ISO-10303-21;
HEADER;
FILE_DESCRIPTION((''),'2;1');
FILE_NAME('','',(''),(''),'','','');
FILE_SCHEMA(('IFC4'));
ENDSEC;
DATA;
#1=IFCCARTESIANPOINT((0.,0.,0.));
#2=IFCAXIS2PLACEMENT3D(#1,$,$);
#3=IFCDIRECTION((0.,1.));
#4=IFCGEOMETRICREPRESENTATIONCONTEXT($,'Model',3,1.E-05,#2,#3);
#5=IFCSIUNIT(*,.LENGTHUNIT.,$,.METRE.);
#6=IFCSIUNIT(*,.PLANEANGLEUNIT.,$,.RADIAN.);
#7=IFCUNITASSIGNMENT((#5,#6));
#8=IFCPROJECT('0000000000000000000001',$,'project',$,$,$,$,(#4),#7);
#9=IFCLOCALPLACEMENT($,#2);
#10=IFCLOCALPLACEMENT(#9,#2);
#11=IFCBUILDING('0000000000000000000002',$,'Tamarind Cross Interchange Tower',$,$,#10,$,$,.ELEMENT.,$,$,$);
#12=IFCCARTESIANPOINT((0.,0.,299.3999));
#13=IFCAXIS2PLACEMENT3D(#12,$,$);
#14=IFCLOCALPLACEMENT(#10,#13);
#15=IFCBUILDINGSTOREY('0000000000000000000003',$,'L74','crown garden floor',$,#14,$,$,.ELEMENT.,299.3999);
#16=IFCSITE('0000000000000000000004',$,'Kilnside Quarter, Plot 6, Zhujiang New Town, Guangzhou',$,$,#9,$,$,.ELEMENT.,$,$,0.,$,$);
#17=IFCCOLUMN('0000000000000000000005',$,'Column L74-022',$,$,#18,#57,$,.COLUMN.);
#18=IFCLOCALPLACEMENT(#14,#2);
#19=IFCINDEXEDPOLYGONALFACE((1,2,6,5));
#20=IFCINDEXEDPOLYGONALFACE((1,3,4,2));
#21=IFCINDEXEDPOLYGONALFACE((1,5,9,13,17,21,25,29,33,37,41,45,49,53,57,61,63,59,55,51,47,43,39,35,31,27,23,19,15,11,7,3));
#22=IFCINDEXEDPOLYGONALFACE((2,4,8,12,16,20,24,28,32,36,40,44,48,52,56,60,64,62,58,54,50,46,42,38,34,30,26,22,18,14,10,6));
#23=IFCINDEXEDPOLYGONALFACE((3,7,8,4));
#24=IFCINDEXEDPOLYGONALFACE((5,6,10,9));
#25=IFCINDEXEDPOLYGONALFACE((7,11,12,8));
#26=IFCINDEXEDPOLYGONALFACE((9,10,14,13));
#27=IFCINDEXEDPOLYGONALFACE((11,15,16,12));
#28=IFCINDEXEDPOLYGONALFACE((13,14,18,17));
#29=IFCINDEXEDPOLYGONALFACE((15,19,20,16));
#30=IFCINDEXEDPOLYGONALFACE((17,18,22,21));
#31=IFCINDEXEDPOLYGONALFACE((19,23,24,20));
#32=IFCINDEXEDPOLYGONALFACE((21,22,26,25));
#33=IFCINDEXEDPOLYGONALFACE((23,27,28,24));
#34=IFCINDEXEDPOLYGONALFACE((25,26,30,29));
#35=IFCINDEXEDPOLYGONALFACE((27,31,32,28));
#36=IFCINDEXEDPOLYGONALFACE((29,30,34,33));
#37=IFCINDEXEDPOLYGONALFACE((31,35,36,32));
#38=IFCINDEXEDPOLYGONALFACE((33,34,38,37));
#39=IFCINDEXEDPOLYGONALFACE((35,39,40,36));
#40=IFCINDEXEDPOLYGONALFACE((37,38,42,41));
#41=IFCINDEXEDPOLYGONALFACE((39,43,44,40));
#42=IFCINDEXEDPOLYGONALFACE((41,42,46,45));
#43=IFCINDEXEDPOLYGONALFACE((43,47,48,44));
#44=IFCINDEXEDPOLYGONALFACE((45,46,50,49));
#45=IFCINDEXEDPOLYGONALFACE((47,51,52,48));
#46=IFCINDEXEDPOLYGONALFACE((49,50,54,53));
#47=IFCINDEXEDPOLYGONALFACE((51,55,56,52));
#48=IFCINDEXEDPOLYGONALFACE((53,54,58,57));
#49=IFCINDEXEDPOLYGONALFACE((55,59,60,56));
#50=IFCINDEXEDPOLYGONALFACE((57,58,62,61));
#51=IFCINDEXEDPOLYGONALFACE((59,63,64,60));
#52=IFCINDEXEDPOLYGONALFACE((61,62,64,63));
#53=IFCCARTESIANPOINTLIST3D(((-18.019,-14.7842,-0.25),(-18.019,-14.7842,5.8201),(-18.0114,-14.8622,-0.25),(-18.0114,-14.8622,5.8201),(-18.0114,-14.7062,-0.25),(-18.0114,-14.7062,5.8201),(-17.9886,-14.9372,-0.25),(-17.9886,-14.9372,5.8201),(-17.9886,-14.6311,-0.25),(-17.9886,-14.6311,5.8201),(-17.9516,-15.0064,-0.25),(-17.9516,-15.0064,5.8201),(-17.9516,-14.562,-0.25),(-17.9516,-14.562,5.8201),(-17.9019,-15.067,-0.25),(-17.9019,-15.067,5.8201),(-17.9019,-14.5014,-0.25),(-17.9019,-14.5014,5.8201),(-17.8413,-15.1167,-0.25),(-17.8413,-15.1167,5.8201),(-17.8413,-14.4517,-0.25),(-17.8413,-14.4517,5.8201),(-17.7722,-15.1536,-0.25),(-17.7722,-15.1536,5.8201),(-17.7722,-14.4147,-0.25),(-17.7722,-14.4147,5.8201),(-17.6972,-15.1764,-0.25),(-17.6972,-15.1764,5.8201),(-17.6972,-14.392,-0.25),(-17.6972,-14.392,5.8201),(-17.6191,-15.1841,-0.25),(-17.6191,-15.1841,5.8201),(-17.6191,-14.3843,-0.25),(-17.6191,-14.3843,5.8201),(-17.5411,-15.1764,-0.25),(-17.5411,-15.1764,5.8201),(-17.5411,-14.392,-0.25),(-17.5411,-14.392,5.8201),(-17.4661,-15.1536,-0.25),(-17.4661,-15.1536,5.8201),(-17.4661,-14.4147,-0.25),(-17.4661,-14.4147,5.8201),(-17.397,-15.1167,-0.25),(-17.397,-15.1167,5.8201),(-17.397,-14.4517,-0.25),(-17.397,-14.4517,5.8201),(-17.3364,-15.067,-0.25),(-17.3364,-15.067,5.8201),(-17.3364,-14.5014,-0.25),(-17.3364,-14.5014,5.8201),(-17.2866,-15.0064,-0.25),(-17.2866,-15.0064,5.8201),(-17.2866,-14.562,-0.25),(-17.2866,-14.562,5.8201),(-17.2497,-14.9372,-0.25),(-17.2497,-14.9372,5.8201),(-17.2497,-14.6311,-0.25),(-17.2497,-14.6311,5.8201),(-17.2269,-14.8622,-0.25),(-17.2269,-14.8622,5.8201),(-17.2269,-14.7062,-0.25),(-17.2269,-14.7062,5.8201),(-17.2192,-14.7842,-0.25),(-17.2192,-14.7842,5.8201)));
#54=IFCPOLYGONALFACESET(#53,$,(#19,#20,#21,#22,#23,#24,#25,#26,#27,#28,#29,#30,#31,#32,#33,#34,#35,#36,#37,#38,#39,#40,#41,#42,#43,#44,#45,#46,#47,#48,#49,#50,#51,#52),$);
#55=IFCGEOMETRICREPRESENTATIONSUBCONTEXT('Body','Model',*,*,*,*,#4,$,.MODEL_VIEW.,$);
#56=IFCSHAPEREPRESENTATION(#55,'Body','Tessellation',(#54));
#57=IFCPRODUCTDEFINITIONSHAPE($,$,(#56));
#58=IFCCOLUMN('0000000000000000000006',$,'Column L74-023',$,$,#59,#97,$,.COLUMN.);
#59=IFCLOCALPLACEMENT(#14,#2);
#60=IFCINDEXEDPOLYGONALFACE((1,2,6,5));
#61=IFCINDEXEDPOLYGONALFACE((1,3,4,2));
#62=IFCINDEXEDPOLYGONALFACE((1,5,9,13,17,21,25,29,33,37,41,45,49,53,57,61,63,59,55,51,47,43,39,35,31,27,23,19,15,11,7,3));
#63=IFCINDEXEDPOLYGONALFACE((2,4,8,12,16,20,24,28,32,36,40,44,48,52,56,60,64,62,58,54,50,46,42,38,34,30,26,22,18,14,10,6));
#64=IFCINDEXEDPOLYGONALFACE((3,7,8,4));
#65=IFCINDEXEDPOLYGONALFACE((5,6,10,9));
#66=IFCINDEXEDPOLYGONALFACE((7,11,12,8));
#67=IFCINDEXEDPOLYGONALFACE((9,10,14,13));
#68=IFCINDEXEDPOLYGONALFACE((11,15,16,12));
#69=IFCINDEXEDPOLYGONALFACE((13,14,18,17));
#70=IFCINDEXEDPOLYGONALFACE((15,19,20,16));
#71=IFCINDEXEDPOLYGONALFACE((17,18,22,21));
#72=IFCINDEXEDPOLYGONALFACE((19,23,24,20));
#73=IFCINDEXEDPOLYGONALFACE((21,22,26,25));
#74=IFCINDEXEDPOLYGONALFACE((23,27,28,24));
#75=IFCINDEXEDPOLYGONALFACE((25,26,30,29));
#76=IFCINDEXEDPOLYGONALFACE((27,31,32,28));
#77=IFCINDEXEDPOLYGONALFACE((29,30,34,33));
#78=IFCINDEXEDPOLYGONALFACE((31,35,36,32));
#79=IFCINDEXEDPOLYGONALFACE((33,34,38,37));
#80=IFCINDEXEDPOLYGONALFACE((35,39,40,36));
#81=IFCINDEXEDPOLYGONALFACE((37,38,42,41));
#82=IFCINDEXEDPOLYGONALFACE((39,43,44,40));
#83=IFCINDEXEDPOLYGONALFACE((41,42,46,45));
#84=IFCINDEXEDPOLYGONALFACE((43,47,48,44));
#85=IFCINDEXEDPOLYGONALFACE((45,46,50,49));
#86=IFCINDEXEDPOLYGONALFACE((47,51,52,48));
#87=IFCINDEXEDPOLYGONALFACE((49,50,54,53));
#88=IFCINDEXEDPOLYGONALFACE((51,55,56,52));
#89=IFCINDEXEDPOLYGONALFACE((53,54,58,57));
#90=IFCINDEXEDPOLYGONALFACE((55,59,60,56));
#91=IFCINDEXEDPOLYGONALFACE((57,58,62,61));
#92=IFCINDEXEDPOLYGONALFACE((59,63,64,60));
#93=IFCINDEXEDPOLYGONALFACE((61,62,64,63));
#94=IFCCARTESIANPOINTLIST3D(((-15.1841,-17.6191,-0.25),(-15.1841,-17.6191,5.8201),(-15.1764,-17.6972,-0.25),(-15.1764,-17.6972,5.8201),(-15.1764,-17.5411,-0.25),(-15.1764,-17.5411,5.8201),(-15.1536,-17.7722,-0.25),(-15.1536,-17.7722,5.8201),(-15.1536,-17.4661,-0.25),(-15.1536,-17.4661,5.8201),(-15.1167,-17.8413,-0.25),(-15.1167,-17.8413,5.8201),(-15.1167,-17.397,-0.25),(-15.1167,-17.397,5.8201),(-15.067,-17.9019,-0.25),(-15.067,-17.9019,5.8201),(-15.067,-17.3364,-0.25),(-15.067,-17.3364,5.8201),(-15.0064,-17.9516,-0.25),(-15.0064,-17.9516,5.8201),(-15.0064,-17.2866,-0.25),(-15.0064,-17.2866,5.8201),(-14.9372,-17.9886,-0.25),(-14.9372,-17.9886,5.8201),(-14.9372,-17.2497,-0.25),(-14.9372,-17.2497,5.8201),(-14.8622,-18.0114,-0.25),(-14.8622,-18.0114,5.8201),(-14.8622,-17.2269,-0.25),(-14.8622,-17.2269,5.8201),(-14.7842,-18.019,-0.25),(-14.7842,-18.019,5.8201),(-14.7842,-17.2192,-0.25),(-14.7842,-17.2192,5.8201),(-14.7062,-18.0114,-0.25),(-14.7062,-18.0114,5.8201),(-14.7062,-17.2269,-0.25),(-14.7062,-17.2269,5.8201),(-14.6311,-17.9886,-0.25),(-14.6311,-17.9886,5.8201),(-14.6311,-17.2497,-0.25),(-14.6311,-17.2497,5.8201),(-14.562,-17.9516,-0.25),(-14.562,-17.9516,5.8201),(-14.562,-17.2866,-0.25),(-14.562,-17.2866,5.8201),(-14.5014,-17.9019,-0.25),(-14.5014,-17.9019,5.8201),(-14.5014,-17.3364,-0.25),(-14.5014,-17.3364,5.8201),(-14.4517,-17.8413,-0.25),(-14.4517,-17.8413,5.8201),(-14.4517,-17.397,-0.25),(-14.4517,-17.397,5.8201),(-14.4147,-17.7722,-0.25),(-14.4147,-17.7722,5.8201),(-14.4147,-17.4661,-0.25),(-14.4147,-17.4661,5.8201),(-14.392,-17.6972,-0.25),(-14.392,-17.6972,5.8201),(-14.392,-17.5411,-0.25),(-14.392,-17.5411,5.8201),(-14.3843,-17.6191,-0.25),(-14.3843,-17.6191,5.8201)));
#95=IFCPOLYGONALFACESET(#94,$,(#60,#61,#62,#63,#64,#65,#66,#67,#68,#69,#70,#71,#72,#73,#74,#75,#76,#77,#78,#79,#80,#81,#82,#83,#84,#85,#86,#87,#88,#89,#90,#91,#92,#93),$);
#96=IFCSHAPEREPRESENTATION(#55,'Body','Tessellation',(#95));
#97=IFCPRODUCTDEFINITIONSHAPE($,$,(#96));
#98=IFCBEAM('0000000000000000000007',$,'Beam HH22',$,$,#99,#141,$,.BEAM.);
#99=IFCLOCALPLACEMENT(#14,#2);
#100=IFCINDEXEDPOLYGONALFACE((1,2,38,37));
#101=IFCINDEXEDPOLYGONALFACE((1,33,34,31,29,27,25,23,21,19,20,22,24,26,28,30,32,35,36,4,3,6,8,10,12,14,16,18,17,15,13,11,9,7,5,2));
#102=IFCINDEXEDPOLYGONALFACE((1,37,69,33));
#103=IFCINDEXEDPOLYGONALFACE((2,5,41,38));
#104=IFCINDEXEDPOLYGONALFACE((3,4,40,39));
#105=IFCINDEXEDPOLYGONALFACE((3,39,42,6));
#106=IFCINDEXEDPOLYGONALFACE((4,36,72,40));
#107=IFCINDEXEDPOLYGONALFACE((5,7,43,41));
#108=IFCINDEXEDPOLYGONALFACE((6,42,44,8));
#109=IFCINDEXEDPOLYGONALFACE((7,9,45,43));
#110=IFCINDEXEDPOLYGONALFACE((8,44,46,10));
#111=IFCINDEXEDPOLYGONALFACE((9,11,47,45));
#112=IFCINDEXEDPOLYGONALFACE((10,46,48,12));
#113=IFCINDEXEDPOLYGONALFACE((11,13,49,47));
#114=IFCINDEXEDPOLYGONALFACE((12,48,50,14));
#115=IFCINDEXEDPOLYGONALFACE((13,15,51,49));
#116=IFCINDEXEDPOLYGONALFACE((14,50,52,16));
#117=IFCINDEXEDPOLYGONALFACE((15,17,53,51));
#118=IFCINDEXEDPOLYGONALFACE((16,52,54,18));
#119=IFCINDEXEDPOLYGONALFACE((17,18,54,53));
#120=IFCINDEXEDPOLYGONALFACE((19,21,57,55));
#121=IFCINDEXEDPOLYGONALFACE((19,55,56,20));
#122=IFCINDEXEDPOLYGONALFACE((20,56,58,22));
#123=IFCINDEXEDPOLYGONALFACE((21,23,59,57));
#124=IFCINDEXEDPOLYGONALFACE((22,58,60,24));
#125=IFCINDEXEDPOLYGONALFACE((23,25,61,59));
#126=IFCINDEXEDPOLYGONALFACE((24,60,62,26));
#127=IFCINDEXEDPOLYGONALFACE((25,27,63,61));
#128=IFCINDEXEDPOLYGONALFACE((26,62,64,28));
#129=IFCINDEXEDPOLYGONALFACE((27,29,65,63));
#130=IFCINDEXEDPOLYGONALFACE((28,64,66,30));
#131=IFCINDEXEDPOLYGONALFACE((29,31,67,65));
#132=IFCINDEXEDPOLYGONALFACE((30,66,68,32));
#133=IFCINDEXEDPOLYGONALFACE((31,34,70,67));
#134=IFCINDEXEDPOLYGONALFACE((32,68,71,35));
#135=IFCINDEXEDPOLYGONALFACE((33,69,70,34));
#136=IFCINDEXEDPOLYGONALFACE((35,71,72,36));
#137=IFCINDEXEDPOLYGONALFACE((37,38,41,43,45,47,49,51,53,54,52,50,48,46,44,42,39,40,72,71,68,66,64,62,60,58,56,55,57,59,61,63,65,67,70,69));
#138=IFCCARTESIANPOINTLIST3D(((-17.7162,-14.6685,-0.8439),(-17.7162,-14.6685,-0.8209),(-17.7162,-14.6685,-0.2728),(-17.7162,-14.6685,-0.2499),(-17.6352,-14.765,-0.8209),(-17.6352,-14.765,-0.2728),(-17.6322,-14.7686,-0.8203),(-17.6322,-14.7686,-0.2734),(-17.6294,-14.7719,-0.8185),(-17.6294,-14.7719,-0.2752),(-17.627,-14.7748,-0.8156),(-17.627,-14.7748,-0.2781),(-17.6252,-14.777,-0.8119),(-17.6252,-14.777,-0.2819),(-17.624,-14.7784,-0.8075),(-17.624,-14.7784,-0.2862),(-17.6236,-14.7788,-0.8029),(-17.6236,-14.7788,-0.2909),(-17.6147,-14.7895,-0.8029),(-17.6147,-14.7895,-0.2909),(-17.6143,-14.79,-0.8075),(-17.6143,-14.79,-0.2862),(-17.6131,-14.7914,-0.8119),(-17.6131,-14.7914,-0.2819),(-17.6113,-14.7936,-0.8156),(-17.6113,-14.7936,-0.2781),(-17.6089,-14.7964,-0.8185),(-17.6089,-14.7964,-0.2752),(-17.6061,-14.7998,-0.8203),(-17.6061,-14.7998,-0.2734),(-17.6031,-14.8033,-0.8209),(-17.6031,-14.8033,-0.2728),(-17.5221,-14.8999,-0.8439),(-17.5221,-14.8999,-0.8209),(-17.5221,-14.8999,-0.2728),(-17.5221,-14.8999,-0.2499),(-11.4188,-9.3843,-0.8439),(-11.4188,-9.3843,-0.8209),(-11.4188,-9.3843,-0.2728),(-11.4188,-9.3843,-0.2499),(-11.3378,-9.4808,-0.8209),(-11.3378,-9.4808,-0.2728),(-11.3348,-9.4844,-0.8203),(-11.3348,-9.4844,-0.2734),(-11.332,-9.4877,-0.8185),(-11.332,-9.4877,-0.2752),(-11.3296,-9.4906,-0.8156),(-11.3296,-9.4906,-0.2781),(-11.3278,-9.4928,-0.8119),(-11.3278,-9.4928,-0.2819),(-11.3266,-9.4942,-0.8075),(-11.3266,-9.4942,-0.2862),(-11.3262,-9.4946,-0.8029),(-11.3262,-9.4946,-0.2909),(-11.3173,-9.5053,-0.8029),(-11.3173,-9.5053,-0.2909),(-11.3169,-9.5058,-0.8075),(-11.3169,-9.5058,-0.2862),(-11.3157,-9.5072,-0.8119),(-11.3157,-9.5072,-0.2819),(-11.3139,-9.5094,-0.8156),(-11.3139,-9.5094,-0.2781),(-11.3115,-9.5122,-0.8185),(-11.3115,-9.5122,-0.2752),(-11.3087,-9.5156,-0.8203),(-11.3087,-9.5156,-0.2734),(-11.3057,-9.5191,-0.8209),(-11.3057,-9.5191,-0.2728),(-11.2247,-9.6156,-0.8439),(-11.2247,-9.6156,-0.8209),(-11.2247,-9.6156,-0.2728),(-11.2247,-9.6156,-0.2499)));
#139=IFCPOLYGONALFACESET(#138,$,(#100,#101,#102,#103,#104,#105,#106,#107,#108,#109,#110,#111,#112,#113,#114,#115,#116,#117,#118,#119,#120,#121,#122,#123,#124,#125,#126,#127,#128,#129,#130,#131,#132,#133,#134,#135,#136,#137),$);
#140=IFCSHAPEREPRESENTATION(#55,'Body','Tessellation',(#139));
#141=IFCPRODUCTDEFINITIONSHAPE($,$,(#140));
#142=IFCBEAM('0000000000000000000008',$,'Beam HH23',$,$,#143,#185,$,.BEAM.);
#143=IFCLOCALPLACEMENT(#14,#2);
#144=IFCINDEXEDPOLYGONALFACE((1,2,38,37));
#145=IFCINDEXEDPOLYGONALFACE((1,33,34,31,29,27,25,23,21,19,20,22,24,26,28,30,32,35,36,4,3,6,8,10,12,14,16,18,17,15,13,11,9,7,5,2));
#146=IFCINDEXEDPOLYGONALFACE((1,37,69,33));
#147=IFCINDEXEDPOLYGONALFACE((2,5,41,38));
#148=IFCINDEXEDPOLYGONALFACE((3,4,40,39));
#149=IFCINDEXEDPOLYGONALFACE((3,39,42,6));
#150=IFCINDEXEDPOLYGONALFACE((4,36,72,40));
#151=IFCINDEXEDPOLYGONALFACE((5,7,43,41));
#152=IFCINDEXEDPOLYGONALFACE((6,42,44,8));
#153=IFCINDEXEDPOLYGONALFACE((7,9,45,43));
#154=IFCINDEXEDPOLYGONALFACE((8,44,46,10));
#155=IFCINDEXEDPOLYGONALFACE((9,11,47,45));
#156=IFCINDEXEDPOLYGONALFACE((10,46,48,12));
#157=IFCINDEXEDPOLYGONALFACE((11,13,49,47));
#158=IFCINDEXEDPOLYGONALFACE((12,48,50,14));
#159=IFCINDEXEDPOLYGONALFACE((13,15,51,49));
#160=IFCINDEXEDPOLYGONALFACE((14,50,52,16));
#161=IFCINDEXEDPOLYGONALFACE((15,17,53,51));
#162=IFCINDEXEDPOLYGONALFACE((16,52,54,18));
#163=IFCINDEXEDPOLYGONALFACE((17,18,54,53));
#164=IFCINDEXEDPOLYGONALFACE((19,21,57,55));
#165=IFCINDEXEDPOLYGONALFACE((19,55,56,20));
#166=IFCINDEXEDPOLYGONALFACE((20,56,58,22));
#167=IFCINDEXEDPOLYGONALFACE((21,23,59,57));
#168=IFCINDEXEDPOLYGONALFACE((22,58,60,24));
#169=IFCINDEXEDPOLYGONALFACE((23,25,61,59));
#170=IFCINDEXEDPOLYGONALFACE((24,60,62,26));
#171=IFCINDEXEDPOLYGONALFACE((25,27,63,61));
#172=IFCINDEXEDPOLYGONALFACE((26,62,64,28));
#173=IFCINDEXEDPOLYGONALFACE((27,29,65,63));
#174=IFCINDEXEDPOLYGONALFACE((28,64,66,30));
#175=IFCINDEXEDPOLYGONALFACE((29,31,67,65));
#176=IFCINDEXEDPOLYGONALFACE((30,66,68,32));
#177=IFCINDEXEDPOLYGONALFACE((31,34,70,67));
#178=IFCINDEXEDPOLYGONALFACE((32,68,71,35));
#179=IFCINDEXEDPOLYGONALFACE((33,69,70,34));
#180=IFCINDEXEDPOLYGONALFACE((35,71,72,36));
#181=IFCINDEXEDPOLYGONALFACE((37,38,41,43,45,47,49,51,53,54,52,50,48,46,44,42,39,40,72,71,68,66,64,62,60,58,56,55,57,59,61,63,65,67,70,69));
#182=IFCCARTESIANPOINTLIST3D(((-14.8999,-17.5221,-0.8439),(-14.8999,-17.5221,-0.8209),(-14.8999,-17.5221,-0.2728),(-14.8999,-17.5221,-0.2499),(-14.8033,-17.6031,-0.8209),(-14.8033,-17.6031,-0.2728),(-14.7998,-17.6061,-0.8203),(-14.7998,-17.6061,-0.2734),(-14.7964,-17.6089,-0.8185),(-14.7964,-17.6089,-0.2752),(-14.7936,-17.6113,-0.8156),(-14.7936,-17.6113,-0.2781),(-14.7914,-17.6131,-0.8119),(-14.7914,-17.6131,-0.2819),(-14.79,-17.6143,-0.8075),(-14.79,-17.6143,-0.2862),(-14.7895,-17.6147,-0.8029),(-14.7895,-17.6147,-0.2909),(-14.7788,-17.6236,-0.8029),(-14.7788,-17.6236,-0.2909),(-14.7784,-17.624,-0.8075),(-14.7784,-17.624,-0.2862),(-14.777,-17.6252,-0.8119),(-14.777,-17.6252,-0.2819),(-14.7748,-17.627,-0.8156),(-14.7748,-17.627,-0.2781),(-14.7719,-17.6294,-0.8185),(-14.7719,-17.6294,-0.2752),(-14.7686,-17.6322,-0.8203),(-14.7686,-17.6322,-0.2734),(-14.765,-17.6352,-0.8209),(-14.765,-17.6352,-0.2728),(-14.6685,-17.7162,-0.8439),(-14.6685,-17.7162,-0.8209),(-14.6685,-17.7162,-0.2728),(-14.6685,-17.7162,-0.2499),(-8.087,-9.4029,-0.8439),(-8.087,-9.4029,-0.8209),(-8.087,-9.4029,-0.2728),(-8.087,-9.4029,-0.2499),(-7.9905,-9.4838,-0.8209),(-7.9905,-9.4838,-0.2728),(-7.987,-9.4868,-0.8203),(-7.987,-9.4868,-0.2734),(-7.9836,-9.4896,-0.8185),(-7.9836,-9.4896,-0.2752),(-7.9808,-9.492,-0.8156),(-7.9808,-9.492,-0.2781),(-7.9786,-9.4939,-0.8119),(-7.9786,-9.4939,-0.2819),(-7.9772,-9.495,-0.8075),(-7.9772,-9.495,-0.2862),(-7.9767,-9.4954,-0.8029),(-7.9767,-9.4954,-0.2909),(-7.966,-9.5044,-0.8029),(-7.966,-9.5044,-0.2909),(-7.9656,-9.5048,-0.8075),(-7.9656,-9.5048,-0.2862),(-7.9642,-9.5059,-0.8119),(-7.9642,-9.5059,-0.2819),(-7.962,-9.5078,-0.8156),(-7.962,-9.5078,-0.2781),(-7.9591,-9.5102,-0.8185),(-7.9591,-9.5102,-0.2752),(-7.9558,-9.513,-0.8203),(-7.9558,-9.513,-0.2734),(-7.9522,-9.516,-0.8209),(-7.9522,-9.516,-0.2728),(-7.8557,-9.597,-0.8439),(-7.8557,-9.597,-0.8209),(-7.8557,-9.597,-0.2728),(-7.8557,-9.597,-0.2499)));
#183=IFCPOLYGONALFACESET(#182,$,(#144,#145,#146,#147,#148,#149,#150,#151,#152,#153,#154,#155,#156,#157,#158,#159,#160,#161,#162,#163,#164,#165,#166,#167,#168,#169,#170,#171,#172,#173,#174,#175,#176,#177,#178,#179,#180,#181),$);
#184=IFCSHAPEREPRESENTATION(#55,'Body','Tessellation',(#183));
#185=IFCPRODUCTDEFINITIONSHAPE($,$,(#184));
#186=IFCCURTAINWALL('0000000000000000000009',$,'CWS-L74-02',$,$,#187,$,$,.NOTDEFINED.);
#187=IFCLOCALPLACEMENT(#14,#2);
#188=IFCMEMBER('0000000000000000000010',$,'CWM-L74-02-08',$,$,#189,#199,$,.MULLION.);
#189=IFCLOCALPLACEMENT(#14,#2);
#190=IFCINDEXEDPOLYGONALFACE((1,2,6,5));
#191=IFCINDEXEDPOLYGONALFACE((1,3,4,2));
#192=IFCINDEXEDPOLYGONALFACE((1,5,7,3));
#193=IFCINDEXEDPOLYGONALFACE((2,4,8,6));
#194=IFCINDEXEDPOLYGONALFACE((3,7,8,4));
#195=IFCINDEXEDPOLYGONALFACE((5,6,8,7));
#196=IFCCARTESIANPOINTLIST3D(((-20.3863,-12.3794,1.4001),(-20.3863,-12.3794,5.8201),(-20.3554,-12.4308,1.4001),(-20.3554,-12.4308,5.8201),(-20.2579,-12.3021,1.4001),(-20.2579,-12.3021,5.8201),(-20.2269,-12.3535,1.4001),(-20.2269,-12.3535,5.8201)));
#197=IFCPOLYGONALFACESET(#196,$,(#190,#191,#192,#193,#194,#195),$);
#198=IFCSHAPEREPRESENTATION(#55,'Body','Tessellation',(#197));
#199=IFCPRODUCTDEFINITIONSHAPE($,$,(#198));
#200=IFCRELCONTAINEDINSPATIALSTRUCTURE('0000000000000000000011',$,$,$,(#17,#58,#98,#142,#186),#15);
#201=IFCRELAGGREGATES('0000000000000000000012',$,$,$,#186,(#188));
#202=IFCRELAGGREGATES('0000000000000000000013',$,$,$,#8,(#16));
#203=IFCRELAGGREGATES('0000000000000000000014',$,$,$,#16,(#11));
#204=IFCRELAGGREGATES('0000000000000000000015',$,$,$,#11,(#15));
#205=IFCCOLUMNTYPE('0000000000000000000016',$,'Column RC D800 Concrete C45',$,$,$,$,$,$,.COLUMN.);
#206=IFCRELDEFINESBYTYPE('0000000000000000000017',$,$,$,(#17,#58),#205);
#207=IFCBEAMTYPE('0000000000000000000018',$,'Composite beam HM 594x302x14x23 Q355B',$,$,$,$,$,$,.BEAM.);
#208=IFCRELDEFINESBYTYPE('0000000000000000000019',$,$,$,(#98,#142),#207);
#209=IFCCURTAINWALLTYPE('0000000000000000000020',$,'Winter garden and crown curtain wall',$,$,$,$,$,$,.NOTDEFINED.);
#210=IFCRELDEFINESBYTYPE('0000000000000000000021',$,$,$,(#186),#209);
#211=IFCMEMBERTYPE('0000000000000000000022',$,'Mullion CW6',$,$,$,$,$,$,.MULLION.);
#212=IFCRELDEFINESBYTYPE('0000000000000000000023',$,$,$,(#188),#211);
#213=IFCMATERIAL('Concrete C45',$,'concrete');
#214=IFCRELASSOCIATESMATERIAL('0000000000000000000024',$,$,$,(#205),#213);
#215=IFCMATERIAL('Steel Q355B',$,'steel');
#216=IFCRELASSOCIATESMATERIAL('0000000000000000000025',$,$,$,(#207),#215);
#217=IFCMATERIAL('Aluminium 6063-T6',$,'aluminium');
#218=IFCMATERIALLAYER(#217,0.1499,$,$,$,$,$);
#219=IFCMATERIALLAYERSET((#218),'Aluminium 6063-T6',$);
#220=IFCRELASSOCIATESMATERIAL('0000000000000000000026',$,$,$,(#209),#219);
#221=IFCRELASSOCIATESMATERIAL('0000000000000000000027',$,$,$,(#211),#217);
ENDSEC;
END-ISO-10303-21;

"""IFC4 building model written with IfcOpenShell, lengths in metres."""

from ifc_helpers import new_model, si_unit, direction, frame, origin, origin_2d, place, context, subcontext, project, spatial, rectangle, circle, i_section, extrude, material, layer, layer_set, material_profile, profile_set, type_object, element, aggregate, save


model = new_model("IFC4")

# Units and contexts
model_context = context("Model", 3, precision=1e-05, world=origin(), true_north=direction((0.0, 1.0)))
body_context = subcontext(model_context, "Body", "Model", "MODEL_VIEW")
ifc_project = project(units=[si_unit("LENGTHUNIT", "METRE"), si_unit("PLANEANGLEUNIT", "RADIAN")], contexts=[model_context])

# Site, building, storey
site_placement = place(None, origin())
site = spatial("IfcSite", under=ifc_project, at=site_placement, Name="Kilnside Quarter, Plot 6, Zhujiang New Town, Guangzhou", CompositionType="ELEMENT", RefElevation=0.0)
building_placement = place(site_placement, origin())
building = spatial("IfcBuilding", under=site, at=building_placement, Name="Tamarind Cross Interchange Tower", CompositionType="ELEMENT")
storey_placement = place(building_placement, frame((0.0, 0.0, 299.3999)))
storey = spatial("IfcBuildingStorey", under=building, at=storey_placement, Name="L74", Description="crown garden floor", CompositionType="ELEMENT", Elevation=299.3999)

# Columns
ifc_material_1 = material(Name="Concrete C45", Category="concrete")
ifc_material_profile_1 = material_profile(ifc_material_1, circle(Radius=0.3999, at=origin_2d()), Name="RC D800")
ifc_profile_set_1 = profile_set([ifc_material_profile_1], Name="Concrete C45")
column_type = type_object("IfcColumnType", Name="Column RC D800 Concrete C45", PredefinedType="COLUMN", material=ifc_profile_set_1)
for number, where, z_axis, x_axis, name in (
    (1, (-17.6191, -14.7842, -0.25), (0.0, 0.0, 1.0), (1.0, 0.0, 0.0), "Column L74-022"),
    (2, (-14.7842, -17.6191, -0.25), (0.0, 0.0, 1.0), (1.0, 0.0, 0.0), "Column L74-023"),
):
    element("IfcColumn", number, at=place(storey_placement, frame(where, z_axis=z_axis, x_axis=x_axis)), inside=storey, type_object=column_type, Name=name, PredefinedType="COLUMN", context=body_context, shape_type="SweptSolid", body=[
        extrude(circle(Radius=0.3999, at=origin_2d()), origin(), (0.0, 0.0, 1.0), 6.0701),
    ])

# Beams
ifc_material_2 = material(Name="Steel Q355B", Category="steel")
ifc_material_profile_2 = material_profile(ifc_material_2, i_section(OverallWidth=0.302, OverallDepth=0.594, WebThickness=0.0139, FlangeThickness=0.0229, FilletRadius=0.0181, at=origin_2d()), Name="HM 594x302x14x23")
ifc_profile_set_2 = profile_set([ifc_material_profile_2], Name="Steel Q355B")
beam_type = type_object("IfcBeamType", Name="Composite beam HM 594x302x14x23 Q355B", PredefinedType="BEAM", material=ifc_profile_set_2)
beam_1_placement = place(storey_placement, frame((-17.6191, -14.7842, -0.5469), z_axis=(0.766041, 0.642792, 0.0), x_axis=(-0.642792, 0.766041, 0.0)))
element("IfcBeam", 3, at=beam_1_placement, inside=storey, type_object=beam_type, Name="Beam HH22", PredefinedType="BEAM", context=body_context, shape_type="SweptSolid", body=[
    extrude(i_section(OverallWidth=0.302, OverallDepth=0.594, WebThickness=0.0139, FlangeThickness=0.0229, FilletRadius=0.0181, at=origin_2d()), origin(), (0.0, 0.0, 1.0), 8.2207),
])
beam_2_placement = place(storey_placement, frame((-14.7842, -17.6191, -0.5469), z_axis=(0.642786, 0.766046, 0.0), x_axis=(-0.766046, 0.642786, 0.0)))
element("IfcBeam", 4, at=beam_2_placement, inside=storey, type_object=beam_type, Name="Beam HH23", PredefinedType="BEAM", context=body_context, shape_type="SweptSolid", body=[
    extrude(i_section(OverallWidth=0.302, OverallDepth=0.594, WebThickness=0.0139, FlangeThickness=0.0229, FilletRadius=0.0181, at=origin_2d()), origin(), (0.0, 0.0, 1.0), 10.5989),
])

# Curtain wall, member
ifc_material_3 = material(Name="Aluminium 6063-T6", Category="aluminium")
ifc_layer_1 = layer(ifc_material_3, 0.1499)
ifc_layer_set_1 = layer_set([ifc_layer_1], Name="Aluminium 6063-T6")
curtain_wall_type = type_object("IfcCurtainWallType", Name="Winter garden and crown curtain wall", PredefinedType="NOTDEFINED", material=ifc_layer_set_1)
curtain_wall_placement = place(storey_placement, origin())
curtain_wall = element("IfcCurtainWall", 5, at=curtain_wall_placement, inside=storey, type_object=curtain_wall_type, Name="CWS-L74-02", PredefinedType="NOTDEFINED")
ifc_material_profile_3 = material_profile(ifc_material_3, rectangle(XDim=0.0601, YDim=0.1499, at=origin_2d()), Name="Mullion CW6")
ifc_profile_set_3 = profile_set([ifc_material_profile_3], Name="Aluminium 6063-T6")
member_type = type_object("IfcMemberType", Name="Mullion CW6", PredefinedType="MULLION", material=ifc_profile_set_3)
member_1_placement = place(storey_placement, frame((-20.3066, -12.3665, 1.4001), z_axis=(0.0, 0.0, 1.0), x_axis=(0.515577, -0.856843, 0.0)))
member_1 = element("IfcMember", 6, at=member_1_placement, type_object=member_type, Name="CWM-L74-02-08", PredefinedType="MULLION", context=body_context, shape_type="SweptSolid", body=[
    extrude(rectangle(XDim=0.0601, YDim=0.1499, at=origin_2d()), origin(), (0.0, 0.0, 1.0), 4.4199),
])
aggregate(curtain_wall, [member_1])

save(model, "model.ifc")
